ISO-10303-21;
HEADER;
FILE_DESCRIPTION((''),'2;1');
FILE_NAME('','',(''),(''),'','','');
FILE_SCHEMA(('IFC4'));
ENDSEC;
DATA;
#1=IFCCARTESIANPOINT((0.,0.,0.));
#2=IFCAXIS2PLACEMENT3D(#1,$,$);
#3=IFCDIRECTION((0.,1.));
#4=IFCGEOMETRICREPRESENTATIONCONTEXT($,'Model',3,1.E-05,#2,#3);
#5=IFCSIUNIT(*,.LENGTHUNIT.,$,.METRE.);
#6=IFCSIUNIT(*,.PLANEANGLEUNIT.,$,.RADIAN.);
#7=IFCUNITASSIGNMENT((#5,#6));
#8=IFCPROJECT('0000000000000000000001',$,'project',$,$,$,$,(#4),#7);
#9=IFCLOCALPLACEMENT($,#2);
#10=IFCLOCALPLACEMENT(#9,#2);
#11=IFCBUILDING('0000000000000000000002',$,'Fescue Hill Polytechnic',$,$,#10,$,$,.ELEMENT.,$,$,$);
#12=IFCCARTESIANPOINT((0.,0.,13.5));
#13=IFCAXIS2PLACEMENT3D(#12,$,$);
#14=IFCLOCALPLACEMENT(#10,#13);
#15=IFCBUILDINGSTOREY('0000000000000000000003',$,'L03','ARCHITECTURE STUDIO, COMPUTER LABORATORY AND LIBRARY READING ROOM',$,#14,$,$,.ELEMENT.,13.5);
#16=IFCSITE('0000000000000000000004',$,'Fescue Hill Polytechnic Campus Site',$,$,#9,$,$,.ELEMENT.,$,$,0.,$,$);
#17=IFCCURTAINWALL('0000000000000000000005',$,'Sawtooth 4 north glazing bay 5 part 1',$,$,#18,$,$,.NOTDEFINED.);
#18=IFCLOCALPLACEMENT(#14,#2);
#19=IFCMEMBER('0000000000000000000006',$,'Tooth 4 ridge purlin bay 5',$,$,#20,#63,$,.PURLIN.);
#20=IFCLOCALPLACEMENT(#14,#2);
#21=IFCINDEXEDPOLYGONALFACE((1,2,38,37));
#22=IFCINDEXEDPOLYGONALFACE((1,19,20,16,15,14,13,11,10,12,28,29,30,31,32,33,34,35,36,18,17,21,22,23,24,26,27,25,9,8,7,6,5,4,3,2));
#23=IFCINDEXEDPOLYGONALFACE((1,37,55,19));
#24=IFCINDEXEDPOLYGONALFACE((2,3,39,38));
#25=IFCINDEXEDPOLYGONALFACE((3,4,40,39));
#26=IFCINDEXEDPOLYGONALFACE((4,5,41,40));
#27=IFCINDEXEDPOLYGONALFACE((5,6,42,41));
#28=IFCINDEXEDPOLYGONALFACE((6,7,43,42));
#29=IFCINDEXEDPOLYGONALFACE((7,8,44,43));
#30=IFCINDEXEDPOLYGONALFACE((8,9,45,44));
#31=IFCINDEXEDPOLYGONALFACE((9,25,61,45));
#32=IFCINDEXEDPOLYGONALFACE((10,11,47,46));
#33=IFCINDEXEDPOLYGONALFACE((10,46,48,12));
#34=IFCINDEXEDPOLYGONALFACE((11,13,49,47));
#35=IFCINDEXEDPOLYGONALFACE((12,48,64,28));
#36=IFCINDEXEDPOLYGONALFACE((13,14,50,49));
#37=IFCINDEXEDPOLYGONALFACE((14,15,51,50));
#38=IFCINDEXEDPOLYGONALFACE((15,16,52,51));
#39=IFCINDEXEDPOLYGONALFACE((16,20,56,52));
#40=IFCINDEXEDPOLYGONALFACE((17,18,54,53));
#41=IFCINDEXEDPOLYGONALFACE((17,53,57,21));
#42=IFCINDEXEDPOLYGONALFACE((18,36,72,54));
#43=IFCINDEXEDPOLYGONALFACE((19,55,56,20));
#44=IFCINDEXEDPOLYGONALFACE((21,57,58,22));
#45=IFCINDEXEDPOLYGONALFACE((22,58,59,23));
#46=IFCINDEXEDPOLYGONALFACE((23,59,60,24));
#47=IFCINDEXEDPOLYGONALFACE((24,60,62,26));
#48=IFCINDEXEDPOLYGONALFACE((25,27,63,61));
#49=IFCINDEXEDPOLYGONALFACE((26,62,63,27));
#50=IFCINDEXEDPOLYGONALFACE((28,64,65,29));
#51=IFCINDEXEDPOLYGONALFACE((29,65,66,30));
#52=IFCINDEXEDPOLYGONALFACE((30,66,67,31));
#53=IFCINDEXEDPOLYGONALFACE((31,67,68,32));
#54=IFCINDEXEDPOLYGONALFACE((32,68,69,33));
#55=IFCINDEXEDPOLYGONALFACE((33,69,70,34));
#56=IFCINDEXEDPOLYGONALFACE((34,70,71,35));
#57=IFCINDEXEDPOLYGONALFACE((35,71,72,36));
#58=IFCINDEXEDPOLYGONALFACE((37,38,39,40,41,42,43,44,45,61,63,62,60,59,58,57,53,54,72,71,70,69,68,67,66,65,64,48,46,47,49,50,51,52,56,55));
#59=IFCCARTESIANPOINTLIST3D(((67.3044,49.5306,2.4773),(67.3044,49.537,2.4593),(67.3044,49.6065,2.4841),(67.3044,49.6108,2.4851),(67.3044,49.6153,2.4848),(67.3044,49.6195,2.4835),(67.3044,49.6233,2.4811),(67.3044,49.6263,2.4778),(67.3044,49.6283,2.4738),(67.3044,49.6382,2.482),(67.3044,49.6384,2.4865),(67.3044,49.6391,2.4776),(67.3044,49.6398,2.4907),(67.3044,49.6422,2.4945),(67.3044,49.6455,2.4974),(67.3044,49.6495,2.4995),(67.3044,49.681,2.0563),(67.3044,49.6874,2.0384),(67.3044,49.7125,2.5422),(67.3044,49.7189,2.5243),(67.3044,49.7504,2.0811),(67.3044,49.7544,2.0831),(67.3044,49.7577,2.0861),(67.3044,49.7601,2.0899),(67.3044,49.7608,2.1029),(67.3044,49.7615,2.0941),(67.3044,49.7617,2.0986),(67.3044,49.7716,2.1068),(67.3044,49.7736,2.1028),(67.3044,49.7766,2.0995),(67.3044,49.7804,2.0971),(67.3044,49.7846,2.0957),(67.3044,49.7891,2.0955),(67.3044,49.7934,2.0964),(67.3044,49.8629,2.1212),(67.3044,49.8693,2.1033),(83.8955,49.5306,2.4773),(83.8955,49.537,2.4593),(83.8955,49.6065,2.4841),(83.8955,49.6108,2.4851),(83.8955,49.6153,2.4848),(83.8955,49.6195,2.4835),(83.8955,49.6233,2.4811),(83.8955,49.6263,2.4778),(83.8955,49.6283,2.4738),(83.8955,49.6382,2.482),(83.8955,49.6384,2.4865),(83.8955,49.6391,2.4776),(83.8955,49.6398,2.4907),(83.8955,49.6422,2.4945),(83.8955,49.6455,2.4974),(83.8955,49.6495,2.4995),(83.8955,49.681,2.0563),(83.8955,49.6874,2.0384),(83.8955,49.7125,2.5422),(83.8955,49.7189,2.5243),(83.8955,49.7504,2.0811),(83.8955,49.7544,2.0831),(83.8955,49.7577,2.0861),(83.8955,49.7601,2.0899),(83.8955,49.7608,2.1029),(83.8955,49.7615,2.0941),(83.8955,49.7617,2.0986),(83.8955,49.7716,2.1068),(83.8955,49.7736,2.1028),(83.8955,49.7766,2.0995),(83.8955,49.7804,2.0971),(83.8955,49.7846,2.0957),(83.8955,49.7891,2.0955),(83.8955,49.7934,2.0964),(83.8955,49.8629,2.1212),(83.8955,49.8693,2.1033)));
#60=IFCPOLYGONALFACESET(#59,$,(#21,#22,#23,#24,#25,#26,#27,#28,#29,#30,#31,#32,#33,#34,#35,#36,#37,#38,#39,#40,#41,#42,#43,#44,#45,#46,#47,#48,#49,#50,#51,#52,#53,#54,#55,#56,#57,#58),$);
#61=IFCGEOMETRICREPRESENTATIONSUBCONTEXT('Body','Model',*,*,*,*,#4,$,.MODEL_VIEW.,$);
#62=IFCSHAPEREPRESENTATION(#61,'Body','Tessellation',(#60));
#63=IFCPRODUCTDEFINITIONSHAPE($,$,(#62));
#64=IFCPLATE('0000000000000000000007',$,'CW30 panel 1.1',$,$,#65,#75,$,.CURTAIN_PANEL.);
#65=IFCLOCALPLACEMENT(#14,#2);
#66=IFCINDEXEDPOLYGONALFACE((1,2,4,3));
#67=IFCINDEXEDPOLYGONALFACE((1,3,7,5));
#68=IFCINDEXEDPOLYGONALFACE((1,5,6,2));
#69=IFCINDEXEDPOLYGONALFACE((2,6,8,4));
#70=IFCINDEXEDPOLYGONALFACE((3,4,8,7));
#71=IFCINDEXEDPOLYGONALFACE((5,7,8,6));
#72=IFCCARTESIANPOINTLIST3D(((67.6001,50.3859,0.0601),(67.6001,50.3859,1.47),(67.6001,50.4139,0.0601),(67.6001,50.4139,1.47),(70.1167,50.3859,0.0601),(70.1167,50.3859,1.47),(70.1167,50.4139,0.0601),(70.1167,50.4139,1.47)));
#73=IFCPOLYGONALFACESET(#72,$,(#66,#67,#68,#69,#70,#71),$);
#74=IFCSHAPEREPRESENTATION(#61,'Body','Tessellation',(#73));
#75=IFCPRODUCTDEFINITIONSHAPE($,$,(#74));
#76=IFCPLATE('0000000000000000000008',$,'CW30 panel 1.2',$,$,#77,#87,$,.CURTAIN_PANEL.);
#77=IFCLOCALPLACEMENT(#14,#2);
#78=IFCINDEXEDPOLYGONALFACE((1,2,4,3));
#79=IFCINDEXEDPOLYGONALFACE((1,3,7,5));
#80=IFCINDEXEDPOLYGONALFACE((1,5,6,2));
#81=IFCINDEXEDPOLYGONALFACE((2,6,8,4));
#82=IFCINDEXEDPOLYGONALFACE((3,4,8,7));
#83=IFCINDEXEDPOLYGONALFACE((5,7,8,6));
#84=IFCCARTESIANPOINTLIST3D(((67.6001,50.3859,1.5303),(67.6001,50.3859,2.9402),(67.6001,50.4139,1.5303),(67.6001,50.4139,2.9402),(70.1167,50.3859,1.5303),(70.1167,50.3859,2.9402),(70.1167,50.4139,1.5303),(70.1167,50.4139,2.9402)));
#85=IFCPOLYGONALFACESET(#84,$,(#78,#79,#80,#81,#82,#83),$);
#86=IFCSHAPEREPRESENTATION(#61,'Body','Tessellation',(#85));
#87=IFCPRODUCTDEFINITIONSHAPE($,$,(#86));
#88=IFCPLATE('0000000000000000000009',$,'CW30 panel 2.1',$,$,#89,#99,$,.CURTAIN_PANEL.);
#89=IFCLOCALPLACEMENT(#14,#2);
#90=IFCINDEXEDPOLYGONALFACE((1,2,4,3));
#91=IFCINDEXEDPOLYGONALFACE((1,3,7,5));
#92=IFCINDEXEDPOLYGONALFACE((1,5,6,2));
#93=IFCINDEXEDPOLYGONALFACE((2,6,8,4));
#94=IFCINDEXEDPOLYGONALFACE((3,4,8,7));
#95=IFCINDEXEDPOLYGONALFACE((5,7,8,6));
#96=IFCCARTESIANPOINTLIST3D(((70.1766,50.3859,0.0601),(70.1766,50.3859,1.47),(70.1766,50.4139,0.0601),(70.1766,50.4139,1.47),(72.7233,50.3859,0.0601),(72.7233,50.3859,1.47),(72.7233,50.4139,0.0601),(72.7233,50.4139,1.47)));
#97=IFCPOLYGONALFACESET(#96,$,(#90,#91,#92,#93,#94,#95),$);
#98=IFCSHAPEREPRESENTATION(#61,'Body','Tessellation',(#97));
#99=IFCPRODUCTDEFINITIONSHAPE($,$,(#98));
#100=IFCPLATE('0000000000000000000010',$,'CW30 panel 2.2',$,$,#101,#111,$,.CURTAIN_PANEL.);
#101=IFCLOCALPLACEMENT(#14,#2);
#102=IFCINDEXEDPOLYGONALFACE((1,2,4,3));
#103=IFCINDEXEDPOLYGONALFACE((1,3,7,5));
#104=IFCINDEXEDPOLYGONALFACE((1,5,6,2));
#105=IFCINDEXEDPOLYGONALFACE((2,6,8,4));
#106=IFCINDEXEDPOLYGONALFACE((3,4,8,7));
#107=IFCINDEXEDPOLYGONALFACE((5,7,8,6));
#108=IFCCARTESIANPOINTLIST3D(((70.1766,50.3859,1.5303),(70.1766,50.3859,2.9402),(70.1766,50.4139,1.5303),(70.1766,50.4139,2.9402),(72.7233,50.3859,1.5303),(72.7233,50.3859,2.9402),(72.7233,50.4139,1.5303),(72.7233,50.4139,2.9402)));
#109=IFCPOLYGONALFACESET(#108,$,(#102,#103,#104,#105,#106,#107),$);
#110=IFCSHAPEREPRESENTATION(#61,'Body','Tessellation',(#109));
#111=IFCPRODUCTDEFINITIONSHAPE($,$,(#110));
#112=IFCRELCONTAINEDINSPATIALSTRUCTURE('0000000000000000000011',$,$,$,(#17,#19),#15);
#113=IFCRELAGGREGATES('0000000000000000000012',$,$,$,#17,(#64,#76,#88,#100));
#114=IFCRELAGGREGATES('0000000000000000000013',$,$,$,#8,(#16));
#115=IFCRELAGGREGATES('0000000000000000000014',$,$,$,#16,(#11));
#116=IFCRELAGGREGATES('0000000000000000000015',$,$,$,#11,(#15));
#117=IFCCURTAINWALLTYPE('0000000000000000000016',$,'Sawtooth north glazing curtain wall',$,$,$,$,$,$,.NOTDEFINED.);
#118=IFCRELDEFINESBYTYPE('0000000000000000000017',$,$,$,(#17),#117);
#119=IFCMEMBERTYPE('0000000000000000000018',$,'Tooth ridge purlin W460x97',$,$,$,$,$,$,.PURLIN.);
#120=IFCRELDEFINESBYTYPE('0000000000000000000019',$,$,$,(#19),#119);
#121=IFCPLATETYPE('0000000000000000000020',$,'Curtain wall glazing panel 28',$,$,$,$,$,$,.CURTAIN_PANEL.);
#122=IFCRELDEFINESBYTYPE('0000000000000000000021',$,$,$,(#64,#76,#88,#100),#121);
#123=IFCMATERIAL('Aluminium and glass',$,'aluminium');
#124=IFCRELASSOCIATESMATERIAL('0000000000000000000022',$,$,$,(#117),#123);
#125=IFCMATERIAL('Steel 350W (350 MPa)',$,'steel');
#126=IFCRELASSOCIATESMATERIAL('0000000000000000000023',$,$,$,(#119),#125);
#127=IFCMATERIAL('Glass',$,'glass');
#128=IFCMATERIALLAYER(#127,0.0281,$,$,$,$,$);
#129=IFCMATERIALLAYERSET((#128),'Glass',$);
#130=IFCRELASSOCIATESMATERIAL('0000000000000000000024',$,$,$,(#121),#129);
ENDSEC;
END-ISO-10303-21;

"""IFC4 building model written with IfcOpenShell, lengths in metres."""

from ifc_helpers import new_model, si_unit, direction, frame, origin, origin_2d, place, context, subcontext, project, spatial, rectangle, i_section, extrude, material, layer, layer_set, material_profile, profile_set, type_object, element, aggregate, save


model = new_model("IFC4")

# Units and contexts
model_context = context("Model", 3, precision=1e-05, world=origin(), true_north=direction((0.0, 1.0)))
body_context = subcontext(model_context, "Body", "Model", "MODEL_VIEW")
ifc_project = project(units=[si_unit("LENGTHUNIT", "METRE"), si_unit("PLANEANGLEUNIT", "RADIAN")], contexts=[model_context])

# Site, building, storey
site_placement = place(None, origin())
site = spatial("IfcSite", under=ifc_project, at=site_placement, Name="Fescue Hill Polytechnic Campus Site", CompositionType="ELEMENT", RefElevation=0.0)
building_placement = place(site_placement, origin())
building = spatial("IfcBuilding", under=site, at=building_placement, Name="Fescue Hill Polytechnic", CompositionType="ELEMENT")
storey_placement = place(building_placement, frame((0.0, 0.0, 13.5)))
storey = spatial("IfcBuildingStorey", under=building, at=storey_placement, Name="L03", Description="ARCHITECTURE STUDIO, COMPUTER LABORATORY AND LIBRARY READING ROOM", CompositionType="ELEMENT", Elevation=13.5)

# Shared definitions
ifc_material_1 = material(Name="Aluminium and glass", Category="aluminium")
curtain_wall_type = type_object("IfcCurtainWallType", Name="Sawtooth north glazing curtain wall", PredefinedType="NOTDEFINED", material=ifc_material_1)

# Curtain wall
curtain_wall_1_placement = place(storey_placement, origin())
curtain_wall_1 = element("IfcCurtainWall", 1, at=curtain_wall_1_placement, inside=storey, type_object=curtain_wall_type, Name="Sawtooth 4 north glazing bay 5 part 1", PredefinedType="NOTDEFINED")

# Member
ifc_material_2 = material(Name="Steel 350W (350 MPa)", Category="steel")
ifc_material_profile_1 = material_profile(ifc_material_2, i_section(OverallWidth=0.1931, OverallDepth=0.4661, WebThickness=0.0115, FlangeThickness=0.019, FilletRadius=0.0171, at=origin_2d()), Name="W460x97")
ifc_profile_set_1 = profile_set([ifc_material_profile_1], Name="Steel 350W (350 MPa)")
member_type_1 = type_object("IfcMemberType", Name="Tooth ridge purlin W460x97", PredefinedType="PURLIN", material=ifc_profile_set_1)
member_1_placement = place(storey_placement, frame((67.3044, 49.7, 2.2903), z_axis=(1.0, 0.0, 0.0), x_axis=(0.0, 0.941742, 0.336336)))
element("IfcMember", 2, at=member_1_placement, inside=storey, type_object=member_type_1, Name="Tooth 4 ridge purlin bay 5", PredefinedType="PURLIN", context=body_context, shape_type="SweptSolid", body=[
    extrude(i_section(OverallWidth=0.1931, OverallDepth=0.4661, WebThickness=0.0115, FlangeThickness=0.019, FilletRadius=0.0171, at=origin_2d()), origin(), (0.0, 0.0, 1.0), 16.5911),
])

# Plates
ifc_material_3 = material(Name="Glass", Category="glass")
ifc_layer = layer(ifc_material_3, 0.0281)
ifc_layer_set = layer_set([ifc_layer], Name="Glass")
plate_type = type_object("IfcPlateType", Name="Curtain wall glazing panel 28", PredefinedType="CURTAIN_PANEL", material=ifc_layer_set)
plate_1_placement = place(storey_placement, frame((68.8584, 50.3999, 0.0601), z_axis=(0.0, 0.0, 1.0), x_axis=(1.0, 0.0, 0.0)))
plate_1 = element("IfcPlate", 3, at=plate_1_placement, type_object=plate_type, Name="CW30 panel 1.1", PredefinedType="CURTAIN_PANEL", context=body_context, shape_type="SweptSolid", body=[
    extrude(rectangle(XDim=2.5166, YDim=0.0281, at=origin_2d()), origin(), (0.0, 0.0, 1.0), 1.4099),
])
plate_2_placement = place(storey_placement, frame((68.8584, 50.3999, 1.5303), z_axis=(0.0, 0.0, 1.0), x_axis=(1.0, 0.0, 0.0)))
plate_2 = element("IfcPlate", 4, at=plate_2_placement, type_object=plate_type, Name="CW30 panel 1.2", PredefinedType="CURTAIN_PANEL", context=body_context, shape_type="SweptSolid", body=[
    extrude(rectangle(XDim=2.5166, YDim=0.0281, at=origin_2d()), origin(), (0.0, 0.0, 1.0), 1.4099),
])
plate_3_placement = place(storey_placement, frame((71.45, 50.3999, 0.0601), z_axis=(0.0, 0.0, 1.0), x_axis=(1.0, 0.0, 0.0)))
plate_3 = element("IfcPlate", 5, at=plate_3_placement, type_object=plate_type, Name="CW30 panel 2.1", PredefinedType="CURTAIN_PANEL", context=body_context, shape_type="SweptSolid", body=[
    extrude(rectangle(XDim=2.5466, YDim=0.0281, at=origin_2d()), origin(), (0.0, 0.0, 1.0), 1.4099),
])
plate_4_placement = place(storey_placement, frame((71.45, 50.3999, 1.5303), z_axis=(0.0, 0.0, 1.0), x_axis=(1.0, 0.0, 0.0)))
plate_4 = element("IfcPlate", 6, at=plate_4_placement, type_object=plate_type, Name="CW30 panel 2.2", PredefinedType="CURTAIN_PANEL", context=body_context, shape_type="SweptSolid", body=[
    extrude(rectangle(XDim=2.5466, YDim=0.0281, at=origin_2d()), origin(), (0.0, 0.0, 1.0), 1.4099),
])
aggregate(curtain_wall_1, [plate_1, plate_2, plate_3, plate_4])

save(model, "model.ifc")
